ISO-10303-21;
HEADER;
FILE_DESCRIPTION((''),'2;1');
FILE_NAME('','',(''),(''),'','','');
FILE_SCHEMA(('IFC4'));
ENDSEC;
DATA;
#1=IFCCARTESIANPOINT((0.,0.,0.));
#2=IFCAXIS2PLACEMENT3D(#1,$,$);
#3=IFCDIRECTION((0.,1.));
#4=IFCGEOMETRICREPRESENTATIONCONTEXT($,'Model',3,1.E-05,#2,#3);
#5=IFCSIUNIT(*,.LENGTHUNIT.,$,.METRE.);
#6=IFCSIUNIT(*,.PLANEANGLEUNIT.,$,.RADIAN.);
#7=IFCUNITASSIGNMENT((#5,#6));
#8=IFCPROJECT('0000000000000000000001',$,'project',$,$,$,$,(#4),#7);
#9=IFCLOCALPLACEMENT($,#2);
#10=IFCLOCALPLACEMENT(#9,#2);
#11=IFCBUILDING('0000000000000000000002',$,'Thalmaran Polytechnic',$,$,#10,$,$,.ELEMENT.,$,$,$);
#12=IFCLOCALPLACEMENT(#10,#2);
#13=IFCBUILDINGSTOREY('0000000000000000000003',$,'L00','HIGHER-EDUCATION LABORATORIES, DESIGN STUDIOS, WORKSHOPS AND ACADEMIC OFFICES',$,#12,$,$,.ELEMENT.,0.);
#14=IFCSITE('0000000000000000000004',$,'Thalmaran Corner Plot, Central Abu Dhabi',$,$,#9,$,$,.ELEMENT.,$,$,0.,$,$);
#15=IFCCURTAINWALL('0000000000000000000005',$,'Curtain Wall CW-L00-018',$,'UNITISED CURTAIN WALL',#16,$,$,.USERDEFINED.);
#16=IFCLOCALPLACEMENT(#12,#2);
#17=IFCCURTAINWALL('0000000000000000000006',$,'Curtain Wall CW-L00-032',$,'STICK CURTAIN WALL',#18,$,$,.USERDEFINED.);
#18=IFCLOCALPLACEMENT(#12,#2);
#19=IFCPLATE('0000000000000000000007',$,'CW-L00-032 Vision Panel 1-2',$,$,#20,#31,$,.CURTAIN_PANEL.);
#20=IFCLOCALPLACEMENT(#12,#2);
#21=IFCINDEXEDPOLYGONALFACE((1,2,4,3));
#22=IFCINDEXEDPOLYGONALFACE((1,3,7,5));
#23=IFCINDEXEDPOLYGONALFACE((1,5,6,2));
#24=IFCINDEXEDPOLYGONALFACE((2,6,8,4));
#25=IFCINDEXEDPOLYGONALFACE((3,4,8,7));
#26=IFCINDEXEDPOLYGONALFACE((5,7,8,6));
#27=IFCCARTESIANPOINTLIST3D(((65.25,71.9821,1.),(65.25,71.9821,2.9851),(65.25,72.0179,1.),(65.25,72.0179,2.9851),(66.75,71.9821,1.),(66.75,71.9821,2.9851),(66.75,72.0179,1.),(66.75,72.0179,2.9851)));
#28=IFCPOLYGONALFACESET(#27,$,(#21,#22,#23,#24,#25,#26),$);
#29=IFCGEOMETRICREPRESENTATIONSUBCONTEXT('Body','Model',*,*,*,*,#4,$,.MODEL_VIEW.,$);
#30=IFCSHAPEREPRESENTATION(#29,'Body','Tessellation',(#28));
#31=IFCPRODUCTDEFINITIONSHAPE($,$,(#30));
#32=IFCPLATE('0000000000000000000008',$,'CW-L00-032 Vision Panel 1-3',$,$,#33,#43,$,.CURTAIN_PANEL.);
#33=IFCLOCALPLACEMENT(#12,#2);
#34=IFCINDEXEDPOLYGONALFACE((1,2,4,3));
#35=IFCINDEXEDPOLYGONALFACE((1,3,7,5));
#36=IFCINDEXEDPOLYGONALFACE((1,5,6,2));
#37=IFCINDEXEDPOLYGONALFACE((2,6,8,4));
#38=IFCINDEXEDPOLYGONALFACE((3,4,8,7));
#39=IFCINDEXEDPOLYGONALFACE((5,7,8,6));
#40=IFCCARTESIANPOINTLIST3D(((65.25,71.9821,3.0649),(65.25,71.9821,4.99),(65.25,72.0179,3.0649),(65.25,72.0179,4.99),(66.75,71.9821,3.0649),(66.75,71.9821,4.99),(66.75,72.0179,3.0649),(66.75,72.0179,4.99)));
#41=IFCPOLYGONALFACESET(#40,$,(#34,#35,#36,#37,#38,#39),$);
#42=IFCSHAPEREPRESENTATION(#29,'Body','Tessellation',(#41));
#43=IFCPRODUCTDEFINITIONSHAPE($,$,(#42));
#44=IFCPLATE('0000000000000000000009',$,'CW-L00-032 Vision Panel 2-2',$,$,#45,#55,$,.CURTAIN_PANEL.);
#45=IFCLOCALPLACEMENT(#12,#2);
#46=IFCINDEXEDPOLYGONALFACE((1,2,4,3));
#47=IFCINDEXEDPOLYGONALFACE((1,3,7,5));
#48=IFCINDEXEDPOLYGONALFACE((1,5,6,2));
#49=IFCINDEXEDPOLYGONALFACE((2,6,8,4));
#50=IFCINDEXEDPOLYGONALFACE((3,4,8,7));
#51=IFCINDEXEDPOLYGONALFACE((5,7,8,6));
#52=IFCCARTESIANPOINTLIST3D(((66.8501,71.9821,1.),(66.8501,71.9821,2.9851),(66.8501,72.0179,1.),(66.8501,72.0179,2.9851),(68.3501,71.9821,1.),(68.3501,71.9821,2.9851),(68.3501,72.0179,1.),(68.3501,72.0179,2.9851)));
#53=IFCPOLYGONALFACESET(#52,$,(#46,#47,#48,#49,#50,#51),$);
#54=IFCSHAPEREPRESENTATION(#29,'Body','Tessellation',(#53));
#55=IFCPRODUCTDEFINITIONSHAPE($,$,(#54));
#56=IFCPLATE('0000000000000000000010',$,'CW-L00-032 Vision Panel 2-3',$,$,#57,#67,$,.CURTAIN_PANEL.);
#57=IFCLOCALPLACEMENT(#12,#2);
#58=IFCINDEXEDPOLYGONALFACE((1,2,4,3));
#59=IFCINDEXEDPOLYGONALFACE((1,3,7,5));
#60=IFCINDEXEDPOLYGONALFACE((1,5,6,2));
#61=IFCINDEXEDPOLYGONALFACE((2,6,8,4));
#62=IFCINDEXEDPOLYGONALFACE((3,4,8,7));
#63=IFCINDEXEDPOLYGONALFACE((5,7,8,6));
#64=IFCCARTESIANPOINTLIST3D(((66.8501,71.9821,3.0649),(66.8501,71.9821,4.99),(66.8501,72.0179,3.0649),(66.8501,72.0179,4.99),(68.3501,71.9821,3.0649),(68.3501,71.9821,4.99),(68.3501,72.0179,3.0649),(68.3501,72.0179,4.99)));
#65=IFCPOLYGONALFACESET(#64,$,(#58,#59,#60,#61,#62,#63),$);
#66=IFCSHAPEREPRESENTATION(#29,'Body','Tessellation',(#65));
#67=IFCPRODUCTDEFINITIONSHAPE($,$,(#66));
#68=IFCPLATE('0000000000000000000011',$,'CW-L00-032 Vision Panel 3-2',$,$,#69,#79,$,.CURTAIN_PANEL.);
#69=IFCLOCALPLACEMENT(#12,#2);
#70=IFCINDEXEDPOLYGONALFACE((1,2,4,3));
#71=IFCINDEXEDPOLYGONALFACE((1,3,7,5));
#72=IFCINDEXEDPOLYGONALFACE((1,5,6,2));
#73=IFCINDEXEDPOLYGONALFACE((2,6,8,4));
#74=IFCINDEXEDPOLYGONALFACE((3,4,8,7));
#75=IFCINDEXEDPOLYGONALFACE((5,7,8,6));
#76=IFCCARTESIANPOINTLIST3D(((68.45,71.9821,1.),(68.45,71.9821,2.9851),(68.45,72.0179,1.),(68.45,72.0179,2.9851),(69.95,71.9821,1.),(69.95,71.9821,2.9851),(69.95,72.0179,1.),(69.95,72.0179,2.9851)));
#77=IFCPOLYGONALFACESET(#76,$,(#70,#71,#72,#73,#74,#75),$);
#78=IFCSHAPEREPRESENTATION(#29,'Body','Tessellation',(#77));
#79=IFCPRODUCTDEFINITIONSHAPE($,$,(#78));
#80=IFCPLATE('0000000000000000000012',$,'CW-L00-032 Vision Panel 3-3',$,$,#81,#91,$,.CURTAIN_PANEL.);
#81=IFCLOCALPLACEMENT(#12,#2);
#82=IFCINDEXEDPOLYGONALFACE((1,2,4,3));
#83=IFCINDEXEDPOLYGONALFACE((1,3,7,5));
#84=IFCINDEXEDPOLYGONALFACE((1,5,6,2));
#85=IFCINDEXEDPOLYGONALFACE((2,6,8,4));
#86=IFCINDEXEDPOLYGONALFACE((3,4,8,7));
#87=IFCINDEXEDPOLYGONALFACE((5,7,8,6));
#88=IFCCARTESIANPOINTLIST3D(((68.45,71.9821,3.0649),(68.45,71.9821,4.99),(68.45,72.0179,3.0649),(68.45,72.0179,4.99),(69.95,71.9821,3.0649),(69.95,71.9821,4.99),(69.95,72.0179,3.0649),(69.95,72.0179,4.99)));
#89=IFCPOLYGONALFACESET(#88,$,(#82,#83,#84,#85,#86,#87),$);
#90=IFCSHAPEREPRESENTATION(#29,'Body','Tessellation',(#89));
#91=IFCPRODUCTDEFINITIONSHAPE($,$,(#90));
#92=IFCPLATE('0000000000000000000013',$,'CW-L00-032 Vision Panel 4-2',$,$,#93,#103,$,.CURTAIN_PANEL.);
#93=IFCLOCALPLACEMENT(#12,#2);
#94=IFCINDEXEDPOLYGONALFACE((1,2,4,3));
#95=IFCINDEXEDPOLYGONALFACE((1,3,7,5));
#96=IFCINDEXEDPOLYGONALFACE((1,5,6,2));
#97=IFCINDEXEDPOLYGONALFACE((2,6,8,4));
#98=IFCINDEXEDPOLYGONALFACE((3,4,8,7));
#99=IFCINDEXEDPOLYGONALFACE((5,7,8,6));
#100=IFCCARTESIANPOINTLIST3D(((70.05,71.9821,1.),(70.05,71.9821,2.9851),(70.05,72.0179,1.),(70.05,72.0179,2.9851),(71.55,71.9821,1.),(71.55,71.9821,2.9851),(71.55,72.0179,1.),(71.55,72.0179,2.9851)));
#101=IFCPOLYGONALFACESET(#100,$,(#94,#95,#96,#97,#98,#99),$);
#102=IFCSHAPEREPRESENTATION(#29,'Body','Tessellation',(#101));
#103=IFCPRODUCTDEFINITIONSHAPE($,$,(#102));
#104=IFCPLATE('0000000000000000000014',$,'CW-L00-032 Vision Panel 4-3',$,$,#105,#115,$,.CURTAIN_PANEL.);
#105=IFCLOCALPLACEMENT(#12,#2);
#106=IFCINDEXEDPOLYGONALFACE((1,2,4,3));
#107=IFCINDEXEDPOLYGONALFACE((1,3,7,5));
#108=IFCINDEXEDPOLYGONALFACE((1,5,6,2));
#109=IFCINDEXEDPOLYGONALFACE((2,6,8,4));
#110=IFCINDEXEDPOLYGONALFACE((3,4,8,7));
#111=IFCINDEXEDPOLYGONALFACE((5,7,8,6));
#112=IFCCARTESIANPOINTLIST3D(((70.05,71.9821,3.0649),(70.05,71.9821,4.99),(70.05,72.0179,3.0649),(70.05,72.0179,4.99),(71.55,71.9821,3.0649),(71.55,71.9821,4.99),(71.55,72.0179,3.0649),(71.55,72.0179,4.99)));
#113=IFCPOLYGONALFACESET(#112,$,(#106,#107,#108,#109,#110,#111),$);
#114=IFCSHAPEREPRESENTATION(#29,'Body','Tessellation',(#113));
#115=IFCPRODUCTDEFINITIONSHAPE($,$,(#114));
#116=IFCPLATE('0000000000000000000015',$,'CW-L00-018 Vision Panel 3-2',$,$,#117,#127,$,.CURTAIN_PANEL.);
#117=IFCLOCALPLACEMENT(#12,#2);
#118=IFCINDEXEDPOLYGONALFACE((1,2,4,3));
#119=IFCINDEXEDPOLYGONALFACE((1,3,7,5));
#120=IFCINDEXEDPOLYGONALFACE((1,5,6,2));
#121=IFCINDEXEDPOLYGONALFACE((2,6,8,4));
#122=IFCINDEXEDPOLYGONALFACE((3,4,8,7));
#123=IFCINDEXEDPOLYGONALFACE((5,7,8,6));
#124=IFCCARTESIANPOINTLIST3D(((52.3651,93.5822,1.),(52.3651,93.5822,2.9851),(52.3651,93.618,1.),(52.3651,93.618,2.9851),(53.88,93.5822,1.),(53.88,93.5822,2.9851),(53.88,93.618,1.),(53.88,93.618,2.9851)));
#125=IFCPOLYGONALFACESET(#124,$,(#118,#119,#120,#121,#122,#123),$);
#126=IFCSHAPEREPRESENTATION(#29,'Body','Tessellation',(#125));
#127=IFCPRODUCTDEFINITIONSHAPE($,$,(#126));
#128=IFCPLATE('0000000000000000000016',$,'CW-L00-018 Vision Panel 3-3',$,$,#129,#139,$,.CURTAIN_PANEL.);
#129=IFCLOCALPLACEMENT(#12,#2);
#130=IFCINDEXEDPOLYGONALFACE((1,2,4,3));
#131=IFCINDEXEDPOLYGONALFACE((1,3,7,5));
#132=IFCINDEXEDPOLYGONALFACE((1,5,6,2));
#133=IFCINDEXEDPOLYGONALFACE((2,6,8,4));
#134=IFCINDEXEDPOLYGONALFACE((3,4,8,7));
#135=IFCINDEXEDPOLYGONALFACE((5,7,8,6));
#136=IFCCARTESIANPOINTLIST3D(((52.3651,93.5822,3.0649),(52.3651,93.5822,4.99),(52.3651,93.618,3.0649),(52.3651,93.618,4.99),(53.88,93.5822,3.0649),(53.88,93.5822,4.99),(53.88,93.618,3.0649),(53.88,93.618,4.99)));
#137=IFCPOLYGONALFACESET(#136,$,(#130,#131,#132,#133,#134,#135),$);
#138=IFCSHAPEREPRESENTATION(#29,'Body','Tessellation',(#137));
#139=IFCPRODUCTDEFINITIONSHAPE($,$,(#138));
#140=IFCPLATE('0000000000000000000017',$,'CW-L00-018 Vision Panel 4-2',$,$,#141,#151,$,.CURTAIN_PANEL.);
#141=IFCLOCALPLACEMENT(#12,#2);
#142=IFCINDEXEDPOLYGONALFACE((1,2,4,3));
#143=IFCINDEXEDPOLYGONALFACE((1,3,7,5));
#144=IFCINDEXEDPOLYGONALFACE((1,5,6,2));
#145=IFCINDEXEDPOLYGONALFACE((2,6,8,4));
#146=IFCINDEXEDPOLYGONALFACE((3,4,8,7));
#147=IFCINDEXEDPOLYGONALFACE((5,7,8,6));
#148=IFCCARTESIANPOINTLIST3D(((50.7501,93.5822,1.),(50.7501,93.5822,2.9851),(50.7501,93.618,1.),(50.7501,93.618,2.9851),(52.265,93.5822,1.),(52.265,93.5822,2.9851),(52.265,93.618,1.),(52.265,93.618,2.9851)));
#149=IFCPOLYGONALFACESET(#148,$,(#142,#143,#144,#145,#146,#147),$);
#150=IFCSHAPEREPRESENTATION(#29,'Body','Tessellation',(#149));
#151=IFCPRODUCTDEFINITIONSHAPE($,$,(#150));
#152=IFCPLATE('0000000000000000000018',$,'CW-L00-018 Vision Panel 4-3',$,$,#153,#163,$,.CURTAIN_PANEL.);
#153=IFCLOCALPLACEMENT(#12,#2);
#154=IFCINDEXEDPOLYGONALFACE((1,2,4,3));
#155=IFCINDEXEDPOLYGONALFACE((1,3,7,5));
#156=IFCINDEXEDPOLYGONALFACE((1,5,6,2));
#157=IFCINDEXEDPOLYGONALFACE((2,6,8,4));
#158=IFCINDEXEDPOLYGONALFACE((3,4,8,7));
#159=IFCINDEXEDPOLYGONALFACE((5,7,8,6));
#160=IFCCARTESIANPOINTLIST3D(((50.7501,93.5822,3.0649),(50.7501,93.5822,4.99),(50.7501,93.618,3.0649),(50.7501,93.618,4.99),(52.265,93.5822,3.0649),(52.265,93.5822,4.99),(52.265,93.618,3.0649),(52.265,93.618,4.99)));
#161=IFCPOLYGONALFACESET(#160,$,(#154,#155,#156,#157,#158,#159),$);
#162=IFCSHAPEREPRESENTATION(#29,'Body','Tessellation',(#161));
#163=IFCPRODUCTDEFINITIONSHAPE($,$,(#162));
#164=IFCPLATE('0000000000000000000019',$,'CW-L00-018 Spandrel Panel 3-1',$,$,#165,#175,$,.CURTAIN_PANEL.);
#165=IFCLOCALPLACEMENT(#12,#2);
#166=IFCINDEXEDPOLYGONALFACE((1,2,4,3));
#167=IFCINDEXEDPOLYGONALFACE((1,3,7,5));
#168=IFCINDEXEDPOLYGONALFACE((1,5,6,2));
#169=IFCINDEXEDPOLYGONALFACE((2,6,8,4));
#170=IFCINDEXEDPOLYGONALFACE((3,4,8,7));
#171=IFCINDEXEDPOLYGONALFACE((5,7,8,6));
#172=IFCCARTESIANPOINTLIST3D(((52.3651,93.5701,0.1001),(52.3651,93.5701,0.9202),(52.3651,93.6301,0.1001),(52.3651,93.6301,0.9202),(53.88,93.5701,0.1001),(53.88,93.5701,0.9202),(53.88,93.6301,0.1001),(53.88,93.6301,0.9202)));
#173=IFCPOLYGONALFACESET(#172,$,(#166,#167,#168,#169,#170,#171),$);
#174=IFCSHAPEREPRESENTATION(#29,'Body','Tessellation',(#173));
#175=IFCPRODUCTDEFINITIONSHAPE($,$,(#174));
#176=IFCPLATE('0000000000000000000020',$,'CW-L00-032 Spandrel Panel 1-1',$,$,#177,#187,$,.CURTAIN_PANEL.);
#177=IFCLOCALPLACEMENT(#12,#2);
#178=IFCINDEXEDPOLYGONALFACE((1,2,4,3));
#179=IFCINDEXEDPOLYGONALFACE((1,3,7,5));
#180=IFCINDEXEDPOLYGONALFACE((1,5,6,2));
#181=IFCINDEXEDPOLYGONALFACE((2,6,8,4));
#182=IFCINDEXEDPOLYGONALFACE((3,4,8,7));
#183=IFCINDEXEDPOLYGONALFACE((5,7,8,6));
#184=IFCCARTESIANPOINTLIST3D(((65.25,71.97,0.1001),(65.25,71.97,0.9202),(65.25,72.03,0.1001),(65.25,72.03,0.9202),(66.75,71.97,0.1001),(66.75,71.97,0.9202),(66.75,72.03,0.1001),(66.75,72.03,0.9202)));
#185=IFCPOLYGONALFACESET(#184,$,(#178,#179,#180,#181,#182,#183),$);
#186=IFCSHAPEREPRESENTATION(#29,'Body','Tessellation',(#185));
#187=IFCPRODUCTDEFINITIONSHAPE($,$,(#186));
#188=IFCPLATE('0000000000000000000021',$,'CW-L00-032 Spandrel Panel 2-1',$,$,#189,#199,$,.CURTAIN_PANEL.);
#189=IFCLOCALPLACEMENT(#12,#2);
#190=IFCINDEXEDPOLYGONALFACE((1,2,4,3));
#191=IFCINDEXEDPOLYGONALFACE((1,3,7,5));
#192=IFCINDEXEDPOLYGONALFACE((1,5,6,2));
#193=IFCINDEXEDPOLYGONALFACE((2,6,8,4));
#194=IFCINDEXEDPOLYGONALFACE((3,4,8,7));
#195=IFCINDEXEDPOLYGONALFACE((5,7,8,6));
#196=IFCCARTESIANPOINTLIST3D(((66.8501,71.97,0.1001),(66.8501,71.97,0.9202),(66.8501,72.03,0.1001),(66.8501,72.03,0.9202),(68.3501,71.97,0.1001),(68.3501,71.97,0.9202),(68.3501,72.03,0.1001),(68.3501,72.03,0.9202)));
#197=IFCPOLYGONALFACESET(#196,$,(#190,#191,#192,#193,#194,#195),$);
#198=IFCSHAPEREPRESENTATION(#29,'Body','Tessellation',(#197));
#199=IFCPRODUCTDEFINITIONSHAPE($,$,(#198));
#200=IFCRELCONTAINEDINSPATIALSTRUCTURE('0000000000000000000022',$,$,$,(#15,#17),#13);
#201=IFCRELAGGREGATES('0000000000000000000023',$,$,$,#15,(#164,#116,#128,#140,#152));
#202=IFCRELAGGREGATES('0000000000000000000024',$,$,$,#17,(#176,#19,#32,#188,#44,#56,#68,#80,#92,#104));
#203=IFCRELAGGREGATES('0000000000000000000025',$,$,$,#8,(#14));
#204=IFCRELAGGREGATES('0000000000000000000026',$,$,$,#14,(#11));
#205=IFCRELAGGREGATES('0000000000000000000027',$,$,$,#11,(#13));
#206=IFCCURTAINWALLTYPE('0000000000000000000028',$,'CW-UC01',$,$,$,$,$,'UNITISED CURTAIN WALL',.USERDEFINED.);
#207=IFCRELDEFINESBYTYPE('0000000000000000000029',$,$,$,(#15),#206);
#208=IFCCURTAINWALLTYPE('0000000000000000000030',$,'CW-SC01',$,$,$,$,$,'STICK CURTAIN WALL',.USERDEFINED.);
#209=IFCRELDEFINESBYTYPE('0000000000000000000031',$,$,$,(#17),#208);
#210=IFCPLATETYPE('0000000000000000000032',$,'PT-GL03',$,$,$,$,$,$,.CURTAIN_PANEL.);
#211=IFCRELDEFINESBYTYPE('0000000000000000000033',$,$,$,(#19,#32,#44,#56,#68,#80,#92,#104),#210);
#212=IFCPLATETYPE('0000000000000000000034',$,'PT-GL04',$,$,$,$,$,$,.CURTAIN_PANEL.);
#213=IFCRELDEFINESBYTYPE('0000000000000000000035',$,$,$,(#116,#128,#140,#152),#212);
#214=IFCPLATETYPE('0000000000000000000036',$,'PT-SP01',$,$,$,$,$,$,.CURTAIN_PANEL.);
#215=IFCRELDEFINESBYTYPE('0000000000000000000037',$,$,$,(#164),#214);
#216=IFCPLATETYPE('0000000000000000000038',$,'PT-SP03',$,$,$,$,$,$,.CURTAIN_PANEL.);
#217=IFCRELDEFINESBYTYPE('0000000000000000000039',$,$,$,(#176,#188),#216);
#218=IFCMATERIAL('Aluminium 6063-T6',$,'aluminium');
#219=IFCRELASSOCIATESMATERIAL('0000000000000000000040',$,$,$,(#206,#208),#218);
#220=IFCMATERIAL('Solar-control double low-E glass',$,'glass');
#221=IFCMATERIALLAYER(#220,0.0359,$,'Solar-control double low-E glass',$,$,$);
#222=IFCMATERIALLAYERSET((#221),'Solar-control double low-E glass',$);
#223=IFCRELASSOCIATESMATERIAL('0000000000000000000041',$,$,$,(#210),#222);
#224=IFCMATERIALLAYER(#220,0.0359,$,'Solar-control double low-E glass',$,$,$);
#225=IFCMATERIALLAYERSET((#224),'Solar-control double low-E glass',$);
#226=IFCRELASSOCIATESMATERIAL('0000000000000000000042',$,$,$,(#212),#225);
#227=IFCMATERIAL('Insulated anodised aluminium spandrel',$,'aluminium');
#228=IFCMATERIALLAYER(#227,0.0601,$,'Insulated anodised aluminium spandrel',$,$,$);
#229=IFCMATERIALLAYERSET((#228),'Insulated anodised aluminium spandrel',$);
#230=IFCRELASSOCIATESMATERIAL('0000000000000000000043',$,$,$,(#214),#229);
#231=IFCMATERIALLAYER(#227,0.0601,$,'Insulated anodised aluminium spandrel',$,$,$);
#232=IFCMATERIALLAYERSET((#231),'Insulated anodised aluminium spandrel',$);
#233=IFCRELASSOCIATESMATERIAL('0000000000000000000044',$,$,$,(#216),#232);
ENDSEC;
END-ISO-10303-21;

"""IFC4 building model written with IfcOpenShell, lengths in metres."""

from ifc_helpers import new_model, si_unit, direction, frame, origin, origin_2d, place, context, subcontext, project, spatial, rectangle, extrude, material, layer, layer_set, type_object, element, aggregate, save


model = new_model("IFC4")

# Units and contexts
model_context = context("Model", 3, precision=1e-05, world=origin(), true_north=direction((0.0, 1.0)))
body_context = subcontext(model_context, "Body", "Model", "MODEL_VIEW")
ifc_project = project(units=[si_unit("LENGTHUNIT", "METRE"), si_unit("PLANEANGLEUNIT", "RADIAN")], contexts=[model_context])

# Site, building, storey
site_placement = place(None, origin())
site = spatial("IfcSite", under=ifc_project, at=site_placement, Name="Thalmaran Corner Plot, Central Abu Dhabi", CompositionType="ELEMENT", RefElevation=0.0)
building_placement = place(site_placement, origin())
building = spatial("IfcBuilding", under=site, at=building_placement, Name="Thalmaran Polytechnic", CompositionType="ELEMENT")
storey_placement = place(building_placement, origin())
storey = spatial("IfcBuildingStorey", under=building, at=storey_placement, Name="L00", Description="HIGHER-EDUCATION LABORATORIES, DESIGN STUDIOS, WORKSHOPS AND ACADEMIC OFFICES", CompositionType="ELEMENT", Elevation=0.0)

# Curtain wall
ifc_material_1 = material(Name="Aluminium 6063-T6", Category="aluminium")
curtain_wall_type_1 = type_object("IfcCurtainWallType", Name="CW-UC01", ElementType="UNITISED CURTAIN WALL", PredefinedType="USERDEFINED", material=ifc_material_1)
curtain_wall_1_placement = place(storey_placement, origin())
curtain_wall_1 = element("IfcCurtainWall", 1, at=curtain_wall_1_placement, inside=storey, type_object=curtain_wall_type_1, Name="Curtain Wall CW-L00-018", ObjectType="UNITISED CURTAIN WALL", PredefinedType="USERDEFINED")

# Curtain wall
curtain_wall_type_2 = type_object("IfcCurtainWallType", Name="CW-SC01", ElementType="STICK CURTAIN WALL", PredefinedType="USERDEFINED", material=ifc_material_1)
curtain_wall_2_placement = place(storey_placement, origin())
curtain_wall_2 = element("IfcCurtainWall", 2, at=curtain_wall_2_placement, inside=storey, type_object=curtain_wall_type_2, Name="Curtain Wall CW-L00-032", ObjectType="STICK CURTAIN WALL", PredefinedType="USERDEFINED")

# Plates
ifc_material_2 = material(Name="Solar-control double low-E glass", Category="glass")
ifc_layer_1 = layer(ifc_material_2, 0.0359, Name="Solar-control double low-E glass")
ifc_layer_set_1 = layer_set([ifc_layer_1], Name="Solar-control double low-E glass")
plate_type_1 = type_object("IfcPlateType", Name="PT-GL03", PredefinedType="CURTAIN_PANEL", material=ifc_layer_set_1)
plate_1_placement = place(storey_placement, frame((66.0, 72.0, 1.0), z_axis=(0.0, 0.0, 1.0), x_axis=(1.0, 0.0, 0.0)))
plate_1 = element("IfcPlate", 3, at=plate_1_placement, type_object=plate_type_1, Name="CW-L00-032 Vision Panel 1-2", PredefinedType="CURTAIN_PANEL", context=body_context, shape_type="SweptSolid", body=[
    extrude(rectangle(XDim=1.5, YDim=0.0359, at=origin_2d()), origin(), (0.0, 0.0, 1.0), 1.9851),
])
plate_2_placement = place(storey_placement, frame((66.0, 72.0, 3.0649), z_axis=(0.0, 0.0, 1.0), x_axis=(1.0, 0.0, 0.0)))
plate_2 = element("IfcPlate", 4, at=plate_2_placement, type_object=plate_type_1, Name="CW-L00-032 Vision Panel 1-3", PredefinedType="CURTAIN_PANEL", context=body_context, shape_type="SweptSolid", body=[
    extrude(rectangle(XDim=1.5, YDim=0.0359, at=origin_2d()), origin(), (0.0, 0.0, 1.0), 1.925),
])
plate_3_placement = place(storey_placement, frame((67.6001, 72.0, 1.0), z_axis=(0.0, 0.0, 1.0), x_axis=(1.0, 0.0, 0.0)))
plate_3 = element("IfcPlate", 5, at=plate_3_placement, type_object=plate_type_1, Name="CW-L00-032 Vision Panel 2-2", PredefinedType="CURTAIN_PANEL", context=body_context, shape_type="SweptSolid", body=[
    extrude(rectangle(XDim=1.5, YDim=0.0359, at=origin_2d()), origin(), (0.0, 0.0, 1.0), 1.9851),
])
plate_4_placement = place(storey_placement, frame((67.6001, 72.0, 3.0649), z_axis=(0.0, 0.0, 1.0), x_axis=(1.0, 0.0, 0.0)))
plate_4 = element("IfcPlate", 6, at=plate_4_placement, type_object=plate_type_1, Name="CW-L00-032 Vision Panel 2-3", PredefinedType="CURTAIN_PANEL", context=body_context, shape_type="SweptSolid", body=[
    extrude(rectangle(XDim=1.5, YDim=0.0359, at=origin_2d()), origin(), (0.0, 0.0, 1.0), 1.925),
])
plate_5_placement = place(storey_placement, frame((69.2, 72.0, 1.0), z_axis=(0.0, 0.0, 1.0), x_axis=(1.0, 0.0, 0.0)))
plate_5 = element("IfcPlate", 7, at=plate_5_placement, type_object=plate_type_1, Name="CW-L00-032 Vision Panel 3-2", PredefinedType="CURTAIN_PANEL", context=body_context, shape_type="SweptSolid", body=[
    extrude(rectangle(XDim=1.5, YDim=0.0359, at=origin_2d()), origin(), (0.0, 0.0, 1.0), 1.9851),
])
plate_6_placement = place(storey_placement, frame((69.2, 72.0, 3.0649), z_axis=(0.0, 0.0, 1.0), x_axis=(1.0, 0.0, 0.0)))
plate_6 = element("IfcPlate", 8, at=plate_6_placement, type_object=plate_type_1, Name="CW-L00-032 Vision Panel 3-3", PredefinedType="CURTAIN_PANEL", context=body_context, shape_type="SweptSolid", body=[
    extrude(rectangle(XDim=1.5, YDim=0.0359, at=origin_2d()), origin(), (0.0, 0.0, 1.0), 1.925),
])
plate_7_placement = place(storey_placement, frame((70.8, 72.0, 1.0), z_axis=(0.0, 0.0, 1.0), x_axis=(1.0, 0.0, 0.0)))
plate_7 = element("IfcPlate", 9, at=plate_7_placement, type_object=plate_type_1, Name="CW-L00-032 Vision Panel 4-2", PredefinedType="CURTAIN_PANEL", context=body_context, shape_type="SweptSolid", body=[
    extrude(rectangle(XDim=1.5, YDim=0.0359, at=origin_2d()), origin(), (0.0, 0.0, 1.0), 1.9851),
])
plate_8_placement = place(storey_placement, frame((70.8, 72.0, 3.0649), z_axis=(0.0, 0.0, 1.0), x_axis=(1.0, 0.0, 0.0)))
plate_8 = element("IfcPlate", 10, at=plate_8_placement, type_object=plate_type_1, Name="CW-L00-032 Vision Panel 4-3", PredefinedType="CURTAIN_PANEL", context=body_context, shape_type="SweptSolid", body=[
    extrude(rectangle(XDim=1.5, YDim=0.0359, at=origin_2d()), origin(), (0.0, 0.0, 1.0), 1.925),
])
ifc_layer_2 = layer(ifc_material_2, 0.0359, Name="Solar-control double low-E glass")
ifc_layer_set_2 = layer_set([ifc_layer_2], Name="Solar-control double low-E glass")
plate_type_2 = type_object("IfcPlateType", Name="PT-GL04", PredefinedType="CURTAIN_PANEL", material=ifc_layer_set_2)
plate_9_placement = place(storey_placement, frame((53.1226, 93.6001, 1.0), z_axis=(0.0, 0.0, 1.0), x_axis=(-1.0, 0.0, 0.0)))
plate_9 = element("IfcPlate", 11, at=plate_9_placement, type_object=plate_type_2, Name="CW-L00-018 Vision Panel 3-2", PredefinedType="CURTAIN_PANEL", context=body_context, shape_type="SweptSolid", body=[
    extrude(rectangle(XDim=1.5149, YDim=0.0359, at=origin_2d()), origin(), (0.0, 0.0, 1.0), 1.9851),
])
plate_10_placement = place(storey_placement, frame((53.1226, 93.6001, 3.0649), z_axis=(0.0, 0.0, 1.0), x_axis=(-1.0, 0.0, 0.0)))
plate_10 = element("IfcPlate", 12, at=plate_10_placement, type_object=plate_type_2, Name="CW-L00-018 Vision Panel 3-3", PredefinedType="CURTAIN_PANEL", context=body_context, shape_type="SweptSolid", body=[
    extrude(rectangle(XDim=1.5149, YDim=0.0359, at=origin_2d()), origin(), (0.0, 0.0, 1.0), 1.925),
])
plate_11_placement = place(storey_placement, frame((51.5076, 93.6001, 1.0), z_axis=(0.0, 0.0, 1.0), x_axis=(-1.0, 0.0, 0.0)))
plate_11 = element("IfcPlate", 13, at=plate_11_placement, type_object=plate_type_2, Name="CW-L00-018 Vision Panel 4-2", PredefinedType="CURTAIN_PANEL", context=body_context, shape_type="SweptSolid", body=[
    extrude(rectangle(XDim=1.5149, YDim=0.0359, at=origin_2d()), origin(), (0.0, 0.0, 1.0), 1.9851),
])
plate_12_placement = place(storey_placement, frame((51.5076, 93.6001, 3.0649), z_axis=(0.0, 0.0, 1.0), x_axis=(-1.0, 0.0, 0.0)))
plate_12 = element("IfcPlate", 14, at=plate_12_placement, type_object=plate_type_2, Name="CW-L00-018 Vision Panel 4-3", PredefinedType="CURTAIN_PANEL", context=body_context, shape_type="SweptSolid", body=[
    extrude(rectangle(XDim=1.5149, YDim=0.0359, at=origin_2d()), origin(), (0.0, 0.0, 1.0), 1.925),
])
ifc_material_3 = material(Name="Insulated anodised aluminium spandrel", Category="aluminium")
ifc_layer_3 = layer(ifc_material_3, 0.0601, Name="Insulated anodised aluminium spandrel")
ifc_layer_set_3 = layer_set([ifc_layer_3], Name="Insulated anodised aluminium spandrel")
plate_type_3 = type_object("IfcPlateType", Name="PT-SP01", PredefinedType="CURTAIN_PANEL", material=ifc_layer_set_3)
plate_13_placement = place(storey_placement, frame((53.1226, 93.6001, 0.1001), z_axis=(0.0, 0.0, 1.0), x_axis=(-1.0, 0.0, 0.0)))
plate_13 = element("IfcPlate", 15, at=plate_13_placement, type_object=plate_type_3, Name="CW-L00-018 Spandrel Panel 3-1", PredefinedType="CURTAIN_PANEL", context=body_context, shape_type="SweptSolid", body=[
    extrude(rectangle(XDim=1.5149, YDim=0.0601, at=origin_2d()), origin(), (0.0, 0.0, 1.0), 0.8201),
])
aggregate(curtain_wall_1, [plate_13, plate_9, plate_10, plate_11, plate_12])
ifc_layer_4 = layer(ifc_material_3, 0.0601, Name="Insulated anodised aluminium spandrel")
ifc_layer_set_4 = layer_set([ifc_layer_4], Name="Insulated anodised aluminium spandrel")
plate_type_4 = type_object("IfcPlateType", Name="PT-SP03", PredefinedType="CURTAIN_PANEL", material=ifc_layer_set_4)
plate_14_placement = place(storey_placement, frame((66.0, 72.0, 0.1001), z_axis=(0.0, 0.0, 1.0), x_axis=(1.0, 0.0, 0.0)))
plate_14 = element("IfcPlate", 16, at=plate_14_placement, type_object=plate_type_4, Name="CW-L00-032 Spandrel Panel 1-1", PredefinedType="CURTAIN_PANEL", context=body_context, shape_type="SweptSolid", body=[
    extrude(rectangle(XDim=1.5, YDim=0.0601, at=origin_2d()), origin(), (0.0, 0.0, 1.0), 0.8201),
])
plate_15_placement = place(storey_placement, frame((67.6001, 72.0, 0.1001), z_axis=(0.0, 0.0, 1.0), x_axis=(1.0, 0.0, 0.0)))
plate_15 = element("IfcPlate", 17, at=plate_15_placement, type_object=plate_type_4, Name="CW-L00-032 Spandrel Panel 2-1", PredefinedType="CURTAIN_PANEL", context=body_context, shape_type="SweptSolid", body=[
    extrude(rectangle(XDim=1.5, YDim=0.0601, at=origin_2d()), origin(), (0.0, 0.0, 1.0), 0.8201),
])
aggregate(curtain_wall_2, [plate_14, plate_1, plate_2, plate_15, plate_3, plate_4, plate_5, plate_6, plate_7, plate_8])

save(model, "model.ifc")
